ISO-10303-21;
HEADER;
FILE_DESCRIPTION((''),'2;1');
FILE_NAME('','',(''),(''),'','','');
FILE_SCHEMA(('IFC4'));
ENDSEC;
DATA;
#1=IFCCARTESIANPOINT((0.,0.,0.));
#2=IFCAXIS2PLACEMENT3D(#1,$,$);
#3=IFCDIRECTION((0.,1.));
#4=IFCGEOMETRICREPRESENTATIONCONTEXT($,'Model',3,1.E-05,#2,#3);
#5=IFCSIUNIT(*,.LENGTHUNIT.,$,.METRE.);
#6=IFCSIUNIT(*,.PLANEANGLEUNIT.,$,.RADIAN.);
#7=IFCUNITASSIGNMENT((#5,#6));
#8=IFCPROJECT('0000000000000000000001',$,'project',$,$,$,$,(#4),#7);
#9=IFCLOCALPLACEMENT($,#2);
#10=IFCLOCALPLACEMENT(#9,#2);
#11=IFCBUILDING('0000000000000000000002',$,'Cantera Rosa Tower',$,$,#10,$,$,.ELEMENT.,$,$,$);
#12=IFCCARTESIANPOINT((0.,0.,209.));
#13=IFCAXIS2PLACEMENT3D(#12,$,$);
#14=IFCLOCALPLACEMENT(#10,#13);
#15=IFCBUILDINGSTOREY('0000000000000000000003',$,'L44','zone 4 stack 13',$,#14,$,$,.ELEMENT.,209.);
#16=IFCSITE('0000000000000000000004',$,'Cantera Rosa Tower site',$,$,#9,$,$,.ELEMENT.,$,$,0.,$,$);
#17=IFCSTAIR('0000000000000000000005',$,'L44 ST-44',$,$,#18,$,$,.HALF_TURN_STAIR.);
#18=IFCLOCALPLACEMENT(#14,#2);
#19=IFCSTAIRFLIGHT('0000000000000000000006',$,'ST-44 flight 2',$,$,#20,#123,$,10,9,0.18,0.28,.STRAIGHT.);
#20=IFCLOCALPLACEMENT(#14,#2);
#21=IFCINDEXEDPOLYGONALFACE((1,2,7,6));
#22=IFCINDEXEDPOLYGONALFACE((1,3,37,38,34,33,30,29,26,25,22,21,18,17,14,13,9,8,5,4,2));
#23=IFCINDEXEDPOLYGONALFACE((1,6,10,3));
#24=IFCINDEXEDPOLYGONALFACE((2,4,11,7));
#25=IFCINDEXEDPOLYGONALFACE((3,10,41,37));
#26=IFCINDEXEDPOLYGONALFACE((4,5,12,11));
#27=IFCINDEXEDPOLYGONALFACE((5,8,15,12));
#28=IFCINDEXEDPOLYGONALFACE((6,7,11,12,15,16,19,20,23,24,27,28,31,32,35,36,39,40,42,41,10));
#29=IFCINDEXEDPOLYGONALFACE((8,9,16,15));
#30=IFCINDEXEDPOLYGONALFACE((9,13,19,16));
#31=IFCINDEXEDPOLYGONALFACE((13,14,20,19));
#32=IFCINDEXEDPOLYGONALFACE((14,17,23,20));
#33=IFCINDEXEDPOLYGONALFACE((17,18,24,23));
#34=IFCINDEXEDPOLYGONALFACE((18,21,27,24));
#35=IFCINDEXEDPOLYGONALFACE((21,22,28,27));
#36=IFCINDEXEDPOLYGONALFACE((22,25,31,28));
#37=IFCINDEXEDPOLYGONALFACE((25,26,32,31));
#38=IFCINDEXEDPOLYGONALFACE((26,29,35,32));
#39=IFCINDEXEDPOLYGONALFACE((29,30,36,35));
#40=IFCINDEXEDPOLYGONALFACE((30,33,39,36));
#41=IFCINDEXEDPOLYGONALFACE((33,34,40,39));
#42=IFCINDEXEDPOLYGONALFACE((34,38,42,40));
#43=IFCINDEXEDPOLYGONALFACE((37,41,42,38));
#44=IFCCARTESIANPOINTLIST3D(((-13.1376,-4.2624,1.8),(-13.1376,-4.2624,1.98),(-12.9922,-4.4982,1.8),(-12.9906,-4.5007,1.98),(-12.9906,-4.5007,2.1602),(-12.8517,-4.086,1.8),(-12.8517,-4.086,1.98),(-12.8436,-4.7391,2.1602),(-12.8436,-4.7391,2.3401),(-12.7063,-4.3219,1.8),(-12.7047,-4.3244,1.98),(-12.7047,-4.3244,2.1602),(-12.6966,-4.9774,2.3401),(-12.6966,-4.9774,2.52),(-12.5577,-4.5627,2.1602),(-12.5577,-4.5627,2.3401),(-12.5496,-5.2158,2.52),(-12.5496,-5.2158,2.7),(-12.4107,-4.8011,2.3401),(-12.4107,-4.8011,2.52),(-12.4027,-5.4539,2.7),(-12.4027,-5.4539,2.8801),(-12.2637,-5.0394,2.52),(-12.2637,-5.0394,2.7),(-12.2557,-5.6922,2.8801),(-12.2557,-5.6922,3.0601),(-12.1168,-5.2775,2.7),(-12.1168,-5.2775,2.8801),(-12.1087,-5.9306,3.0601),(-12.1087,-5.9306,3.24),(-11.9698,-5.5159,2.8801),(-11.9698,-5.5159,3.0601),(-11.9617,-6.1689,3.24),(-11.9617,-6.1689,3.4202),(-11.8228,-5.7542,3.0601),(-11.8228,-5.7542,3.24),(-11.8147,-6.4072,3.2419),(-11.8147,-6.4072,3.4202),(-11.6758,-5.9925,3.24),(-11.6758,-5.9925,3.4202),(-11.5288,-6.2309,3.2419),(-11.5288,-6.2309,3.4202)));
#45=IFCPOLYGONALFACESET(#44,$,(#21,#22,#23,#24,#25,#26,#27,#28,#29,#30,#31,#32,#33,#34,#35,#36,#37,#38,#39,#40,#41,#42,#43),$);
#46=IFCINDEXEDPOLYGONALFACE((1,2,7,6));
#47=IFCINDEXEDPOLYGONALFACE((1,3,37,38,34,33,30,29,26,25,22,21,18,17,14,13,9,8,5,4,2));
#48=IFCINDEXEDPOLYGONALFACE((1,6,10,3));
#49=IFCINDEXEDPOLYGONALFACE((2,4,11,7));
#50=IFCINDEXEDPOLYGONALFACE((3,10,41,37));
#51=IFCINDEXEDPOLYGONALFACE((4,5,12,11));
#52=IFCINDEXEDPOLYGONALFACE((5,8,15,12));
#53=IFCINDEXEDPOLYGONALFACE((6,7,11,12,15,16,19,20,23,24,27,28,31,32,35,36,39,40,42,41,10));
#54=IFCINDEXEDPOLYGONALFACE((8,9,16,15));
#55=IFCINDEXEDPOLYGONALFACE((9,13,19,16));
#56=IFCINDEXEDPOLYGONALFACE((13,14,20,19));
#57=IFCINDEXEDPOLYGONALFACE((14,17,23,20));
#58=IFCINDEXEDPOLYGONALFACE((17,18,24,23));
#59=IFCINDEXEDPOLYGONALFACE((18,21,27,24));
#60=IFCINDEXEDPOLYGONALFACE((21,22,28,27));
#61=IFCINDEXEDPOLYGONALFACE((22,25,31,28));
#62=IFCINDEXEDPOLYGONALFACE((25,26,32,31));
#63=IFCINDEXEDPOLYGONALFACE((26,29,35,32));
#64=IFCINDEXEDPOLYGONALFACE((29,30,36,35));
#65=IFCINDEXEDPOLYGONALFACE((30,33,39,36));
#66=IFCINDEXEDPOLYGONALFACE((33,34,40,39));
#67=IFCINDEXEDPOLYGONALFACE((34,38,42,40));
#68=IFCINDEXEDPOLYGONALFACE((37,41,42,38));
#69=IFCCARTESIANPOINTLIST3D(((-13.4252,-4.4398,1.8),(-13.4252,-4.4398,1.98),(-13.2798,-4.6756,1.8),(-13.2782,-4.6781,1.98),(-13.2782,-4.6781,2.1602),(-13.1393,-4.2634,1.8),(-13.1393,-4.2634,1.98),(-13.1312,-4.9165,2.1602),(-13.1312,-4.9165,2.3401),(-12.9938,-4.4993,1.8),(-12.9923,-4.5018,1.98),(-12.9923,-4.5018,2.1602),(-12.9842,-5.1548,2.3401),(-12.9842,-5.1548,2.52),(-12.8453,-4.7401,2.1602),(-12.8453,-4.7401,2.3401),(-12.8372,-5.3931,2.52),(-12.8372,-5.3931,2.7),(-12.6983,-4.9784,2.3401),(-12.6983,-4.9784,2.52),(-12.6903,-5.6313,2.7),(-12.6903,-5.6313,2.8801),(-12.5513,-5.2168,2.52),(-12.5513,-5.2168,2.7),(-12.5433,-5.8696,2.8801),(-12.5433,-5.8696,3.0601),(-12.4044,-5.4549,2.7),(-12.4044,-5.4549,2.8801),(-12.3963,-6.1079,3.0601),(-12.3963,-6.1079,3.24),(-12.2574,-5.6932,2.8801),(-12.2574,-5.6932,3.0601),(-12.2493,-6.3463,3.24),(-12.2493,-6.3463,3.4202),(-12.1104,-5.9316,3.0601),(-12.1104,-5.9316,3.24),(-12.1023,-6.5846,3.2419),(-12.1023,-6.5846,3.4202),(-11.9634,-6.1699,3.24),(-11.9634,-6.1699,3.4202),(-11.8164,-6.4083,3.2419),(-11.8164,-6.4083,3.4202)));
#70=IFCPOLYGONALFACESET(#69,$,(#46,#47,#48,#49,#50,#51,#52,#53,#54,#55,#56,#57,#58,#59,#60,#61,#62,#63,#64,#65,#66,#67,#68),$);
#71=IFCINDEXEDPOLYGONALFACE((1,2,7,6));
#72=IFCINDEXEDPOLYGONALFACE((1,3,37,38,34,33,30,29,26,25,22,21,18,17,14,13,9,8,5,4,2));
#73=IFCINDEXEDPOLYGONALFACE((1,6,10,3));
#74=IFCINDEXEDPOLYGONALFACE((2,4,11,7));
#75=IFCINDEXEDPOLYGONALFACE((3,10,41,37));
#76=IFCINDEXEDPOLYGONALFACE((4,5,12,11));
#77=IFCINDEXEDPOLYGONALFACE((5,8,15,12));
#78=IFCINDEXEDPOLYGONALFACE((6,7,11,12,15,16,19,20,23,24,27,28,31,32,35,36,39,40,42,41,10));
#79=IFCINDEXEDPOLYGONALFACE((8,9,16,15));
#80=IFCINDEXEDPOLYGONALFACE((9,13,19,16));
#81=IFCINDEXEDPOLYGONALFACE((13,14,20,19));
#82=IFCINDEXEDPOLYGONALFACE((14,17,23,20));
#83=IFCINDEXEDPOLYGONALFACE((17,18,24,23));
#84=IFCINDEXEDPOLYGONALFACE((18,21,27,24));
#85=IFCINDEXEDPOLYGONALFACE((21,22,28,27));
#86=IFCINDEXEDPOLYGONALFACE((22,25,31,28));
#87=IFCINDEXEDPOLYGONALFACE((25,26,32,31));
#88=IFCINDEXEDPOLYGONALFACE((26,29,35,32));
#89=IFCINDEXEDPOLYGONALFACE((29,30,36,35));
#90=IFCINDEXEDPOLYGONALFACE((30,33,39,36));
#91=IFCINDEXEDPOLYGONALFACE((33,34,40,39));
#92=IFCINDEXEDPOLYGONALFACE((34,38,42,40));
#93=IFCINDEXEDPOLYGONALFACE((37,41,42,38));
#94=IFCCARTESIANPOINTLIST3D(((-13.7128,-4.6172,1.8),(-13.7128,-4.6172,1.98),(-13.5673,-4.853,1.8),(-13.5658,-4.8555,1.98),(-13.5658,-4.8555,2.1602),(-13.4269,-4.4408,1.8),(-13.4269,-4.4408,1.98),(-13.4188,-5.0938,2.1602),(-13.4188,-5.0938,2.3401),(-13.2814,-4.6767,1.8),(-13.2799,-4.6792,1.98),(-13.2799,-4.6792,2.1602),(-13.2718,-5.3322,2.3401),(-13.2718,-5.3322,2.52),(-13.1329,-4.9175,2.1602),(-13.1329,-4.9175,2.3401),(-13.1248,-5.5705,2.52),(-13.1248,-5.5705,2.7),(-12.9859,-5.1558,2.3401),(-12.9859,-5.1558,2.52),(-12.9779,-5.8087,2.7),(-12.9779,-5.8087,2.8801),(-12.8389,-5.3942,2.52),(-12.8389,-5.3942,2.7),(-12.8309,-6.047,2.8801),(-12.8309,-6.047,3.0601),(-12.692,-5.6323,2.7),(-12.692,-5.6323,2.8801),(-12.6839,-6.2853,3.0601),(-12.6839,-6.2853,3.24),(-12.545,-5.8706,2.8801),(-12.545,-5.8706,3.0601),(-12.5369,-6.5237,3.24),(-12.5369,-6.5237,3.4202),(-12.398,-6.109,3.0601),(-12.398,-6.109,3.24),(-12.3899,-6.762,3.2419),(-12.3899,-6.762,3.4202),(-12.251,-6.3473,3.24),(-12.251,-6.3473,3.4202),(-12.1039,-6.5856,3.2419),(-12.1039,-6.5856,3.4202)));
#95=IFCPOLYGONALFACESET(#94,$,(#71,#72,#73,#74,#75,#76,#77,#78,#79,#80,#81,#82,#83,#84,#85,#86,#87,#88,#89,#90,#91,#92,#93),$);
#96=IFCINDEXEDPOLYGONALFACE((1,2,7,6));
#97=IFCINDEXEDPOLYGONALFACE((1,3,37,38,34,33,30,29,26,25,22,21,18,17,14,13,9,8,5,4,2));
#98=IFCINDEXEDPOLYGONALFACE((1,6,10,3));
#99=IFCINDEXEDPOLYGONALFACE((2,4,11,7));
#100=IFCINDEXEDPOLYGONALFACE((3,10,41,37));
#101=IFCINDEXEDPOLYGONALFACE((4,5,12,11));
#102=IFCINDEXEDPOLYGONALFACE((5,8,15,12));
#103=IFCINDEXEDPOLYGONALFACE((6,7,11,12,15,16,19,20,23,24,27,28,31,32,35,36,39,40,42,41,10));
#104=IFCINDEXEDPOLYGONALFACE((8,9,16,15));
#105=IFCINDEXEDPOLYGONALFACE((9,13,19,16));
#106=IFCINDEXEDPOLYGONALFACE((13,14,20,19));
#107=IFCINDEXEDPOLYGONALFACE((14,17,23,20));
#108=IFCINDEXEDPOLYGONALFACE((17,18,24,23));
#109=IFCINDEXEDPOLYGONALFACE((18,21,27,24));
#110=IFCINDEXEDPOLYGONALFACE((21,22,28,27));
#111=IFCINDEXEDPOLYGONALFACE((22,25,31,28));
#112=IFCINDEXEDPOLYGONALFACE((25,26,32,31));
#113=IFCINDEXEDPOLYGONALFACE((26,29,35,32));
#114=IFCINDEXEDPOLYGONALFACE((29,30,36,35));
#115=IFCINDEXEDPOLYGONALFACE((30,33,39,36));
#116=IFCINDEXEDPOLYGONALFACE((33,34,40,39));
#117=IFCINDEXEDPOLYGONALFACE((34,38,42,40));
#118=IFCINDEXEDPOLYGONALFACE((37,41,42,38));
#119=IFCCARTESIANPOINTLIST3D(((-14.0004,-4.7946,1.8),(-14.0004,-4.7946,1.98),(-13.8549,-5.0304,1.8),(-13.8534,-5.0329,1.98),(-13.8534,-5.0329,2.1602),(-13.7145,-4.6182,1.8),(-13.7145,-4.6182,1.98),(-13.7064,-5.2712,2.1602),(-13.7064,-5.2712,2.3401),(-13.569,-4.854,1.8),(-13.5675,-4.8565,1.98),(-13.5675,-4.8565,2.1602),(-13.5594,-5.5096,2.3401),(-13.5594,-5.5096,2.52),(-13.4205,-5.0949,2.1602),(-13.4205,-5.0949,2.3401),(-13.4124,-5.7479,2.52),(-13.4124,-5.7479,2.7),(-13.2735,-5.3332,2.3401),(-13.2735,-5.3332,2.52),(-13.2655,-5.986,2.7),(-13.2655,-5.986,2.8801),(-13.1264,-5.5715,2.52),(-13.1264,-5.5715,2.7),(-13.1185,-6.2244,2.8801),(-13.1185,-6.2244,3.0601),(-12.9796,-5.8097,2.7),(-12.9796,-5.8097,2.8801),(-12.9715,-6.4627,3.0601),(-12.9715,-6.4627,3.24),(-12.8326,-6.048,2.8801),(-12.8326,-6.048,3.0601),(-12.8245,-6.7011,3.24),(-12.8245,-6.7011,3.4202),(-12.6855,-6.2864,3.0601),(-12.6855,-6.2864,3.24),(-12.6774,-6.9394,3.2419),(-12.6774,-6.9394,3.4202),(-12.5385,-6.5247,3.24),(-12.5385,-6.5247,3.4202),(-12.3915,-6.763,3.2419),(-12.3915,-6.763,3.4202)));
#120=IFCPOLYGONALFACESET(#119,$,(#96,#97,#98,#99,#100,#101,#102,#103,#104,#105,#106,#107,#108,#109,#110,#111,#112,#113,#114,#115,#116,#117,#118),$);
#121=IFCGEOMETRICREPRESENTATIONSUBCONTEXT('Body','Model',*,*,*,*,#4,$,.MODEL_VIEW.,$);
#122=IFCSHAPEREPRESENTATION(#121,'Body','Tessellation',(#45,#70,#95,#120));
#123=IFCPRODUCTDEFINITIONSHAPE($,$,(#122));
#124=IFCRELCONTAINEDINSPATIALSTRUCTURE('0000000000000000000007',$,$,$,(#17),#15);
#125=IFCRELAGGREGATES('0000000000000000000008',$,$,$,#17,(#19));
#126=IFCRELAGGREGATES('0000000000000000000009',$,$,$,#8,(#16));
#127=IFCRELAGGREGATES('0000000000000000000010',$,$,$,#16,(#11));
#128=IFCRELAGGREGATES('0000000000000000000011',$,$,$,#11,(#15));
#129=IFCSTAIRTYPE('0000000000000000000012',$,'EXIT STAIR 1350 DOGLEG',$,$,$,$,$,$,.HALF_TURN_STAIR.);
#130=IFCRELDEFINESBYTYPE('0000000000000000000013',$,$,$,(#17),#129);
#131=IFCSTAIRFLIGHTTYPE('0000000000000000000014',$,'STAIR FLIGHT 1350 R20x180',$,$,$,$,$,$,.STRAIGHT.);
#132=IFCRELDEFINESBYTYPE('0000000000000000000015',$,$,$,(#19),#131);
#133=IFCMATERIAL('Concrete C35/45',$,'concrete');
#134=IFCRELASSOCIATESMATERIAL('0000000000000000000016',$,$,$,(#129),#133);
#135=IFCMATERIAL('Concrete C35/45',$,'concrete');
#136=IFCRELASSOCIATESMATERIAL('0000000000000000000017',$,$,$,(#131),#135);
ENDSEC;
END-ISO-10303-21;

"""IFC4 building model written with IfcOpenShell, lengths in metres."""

from ifc_helpers import new_model, si_unit, direction, frame, origin, place, context, subcontext, project, spatial, polyline, outline, extrude, material, type_object, element, aggregate, save


model = new_model("IFC4")

# Units and contexts
model_context = context("Model", 3, precision=1e-05, world=origin(), true_north=direction((0.0, 1.0)))
body_context = subcontext(model_context, "Body", "Model", "MODEL_VIEW")
ifc_project = project(units=[si_unit("LENGTHUNIT", "METRE"), si_unit("PLANEANGLEUNIT", "RADIAN")], contexts=[model_context])

# Site, building, storey
site_placement = place(None, origin())
site = spatial("IfcSite", under=ifc_project, at=site_placement, Name="Cantera Rosa Tower site", CompositionType="ELEMENT", RefElevation=0.0)
building_placement = place(site_placement, origin())
building = spatial("IfcBuilding", under=site, at=building_placement, Name="Cantera Rosa Tower", CompositionType="ELEMENT")
storey_placement = place(building_placement, frame((0.0, 0.0, 209.0)))
storey = spatial("IfcBuildingStorey", under=building, at=storey_placement, Name="L44", Description="zone 4 stack 13", CompositionType="ELEMENT", Elevation=209.0)

# Shared definitions
ifc_material_1 = material(Name="Concrete C35/45", Category="concrete")
stair_type = type_object("IfcStairType", Name="EXIT STAIR 1350 DOGLEG", PredefinedType="HALF_TURN_STAIR", material=ifc_material_1)
ifc_material_2 = material(Name="Concrete C35/45", Category="concrete")
stair_flight_type = type_object("IfcStairFlightType", Name="STAIR FLIGHT 1350 R20x180", PredefinedType="STRAIGHT", material=ifc_material_2)

# Stair, stair flight
stair_1_placement = place(storey_placement, origin())
stair_1 = element("IfcStair", 1, at=stair_1_placement, inside=storey, type_object=stair_type, Name="L44 ST-44", PredefinedType="HALF_TURN_STAIR")
stair_flight_1_placement = place(storey_placement, frame((-13.4263, -4.4404, 1.8), z_axis=(0.0, 0.0, 1.0), x_axis=(0.524977, -0.851117, 0.0)))
stair_flight_1 = element("IfcStairFlight", 2, at=stair_flight_1_placement, type_object=stair_flight_type, Name="ST-44 flight 2", NumberOfRisers=10, NumberOfTreads=9, PredefinedType="STRAIGHT", RiserHeight=0.18, TreadLength=0.28, context=body_context, shape_type="SweptSolid", body=[
    extrude(outline(polyline([(0.0, 0.0), (0.0, 0.1799), (0.28, 0.1799), (0.28, 0.3601), (0.5601, 0.3601), (0.5601, 0.54), (0.8401, 0.54), (0.8401, 0.72), (1.1201, 0.72), (1.1201, 0.8999), (1.3999, 0.8999), (1.3999, 1.0801), (1.6799, 1.0801), (1.6799, 1.26), (1.96, 1.26), (1.96, 1.4399), (2.24, 1.4399), (2.24, 1.6201), (2.52, 1.6201), (2.52, 1.8), (2.52, 1.4419), (0.2771, 0.0), (0.0, 0.0)])), frame((0.0, 0.675, 0.0), z_axis=(0.0, -1.0, 0.0), x_axis=(1.0, 0.0, 0.0)), (0.0, 0.0, 1.0), 0.3359),
    extrude(outline(polyline([(0.0, 0.0), (0.0, 0.1799), (0.28, 0.1799), (0.28, 0.3601), (0.5601, 0.3601), (0.5601, 0.54), (0.8401, 0.54), (0.8401, 0.72), (1.1201, 0.72), (1.1201, 0.8999), (1.3999, 0.8999), (1.3999, 1.0801), (1.6799, 1.0801), (1.6799, 1.26), (1.96, 1.26), (1.96, 1.4399), (2.24, 1.4399), (2.24, 1.6201), (2.52, 1.6201), (2.52, 1.8), (2.52, 1.4419), (0.2771, 0.0), (0.0, 0.0)])), frame((0.0, 0.3372, 0.0), z_axis=(0.0, -1.0, 0.0), x_axis=(1.0, 0.0, 0.0)), (0.0, 0.0, 1.0), 0.3359),
    extrude(outline(polyline([(0.0, 0.0), (0.0, 0.1799), (0.28, 0.1799), (0.28, 0.3601), (0.5601, 0.3601), (0.5601, 0.54), (0.8401, 0.54), (0.8401, 0.72), (1.1201, 0.72), (1.1201, 0.8999), (1.3999, 0.8999), (1.3999, 1.0801), (1.6799, 1.0801), (1.6799, 1.26), (1.96, 1.26), (1.96, 1.4399), (2.24, 1.4399), (2.24, 1.6201), (2.52, 1.6201), (2.52, 1.8), (2.52, 1.4419), (0.2771, 0.0), (0.0, 0.0)])), frame((0.0, -0.0007, 0.0), z_axis=(0.0, -1.0, 0.0), x_axis=(1.0, 0.0, 0.0)), (0.0, 0.0, 1.0), 0.3359),
    extrude(outline(polyline([(0.0, 0.0), (0.0, 0.1799), (0.28, 0.1799), (0.28, 0.3601), (0.5601, 0.3601), (0.5601, 0.54), (0.8401, 0.54), (0.8401, 0.72), (1.1201, 0.72), (1.1201, 0.8999), (1.3999, 0.8999), (1.3999, 1.0801), (1.6799, 1.0801), (1.6799, 1.26), (1.96, 1.26), (1.96, 1.4399), (2.24, 1.4399), (2.24, 1.6201), (2.52, 1.6201), (2.52, 1.8), (2.52, 1.4419), (0.2771, 0.0), (0.0, 0.0)])), frame((0.0, -0.3386, 0.0), z_axis=(0.0, -1.0, 0.0), x_axis=(1.0, 0.0, 0.0)), (0.0, 0.0, 1.0), 0.3359),
])
aggregate(stair_1, [stair_flight_1])

save(model, "model.ifc")
